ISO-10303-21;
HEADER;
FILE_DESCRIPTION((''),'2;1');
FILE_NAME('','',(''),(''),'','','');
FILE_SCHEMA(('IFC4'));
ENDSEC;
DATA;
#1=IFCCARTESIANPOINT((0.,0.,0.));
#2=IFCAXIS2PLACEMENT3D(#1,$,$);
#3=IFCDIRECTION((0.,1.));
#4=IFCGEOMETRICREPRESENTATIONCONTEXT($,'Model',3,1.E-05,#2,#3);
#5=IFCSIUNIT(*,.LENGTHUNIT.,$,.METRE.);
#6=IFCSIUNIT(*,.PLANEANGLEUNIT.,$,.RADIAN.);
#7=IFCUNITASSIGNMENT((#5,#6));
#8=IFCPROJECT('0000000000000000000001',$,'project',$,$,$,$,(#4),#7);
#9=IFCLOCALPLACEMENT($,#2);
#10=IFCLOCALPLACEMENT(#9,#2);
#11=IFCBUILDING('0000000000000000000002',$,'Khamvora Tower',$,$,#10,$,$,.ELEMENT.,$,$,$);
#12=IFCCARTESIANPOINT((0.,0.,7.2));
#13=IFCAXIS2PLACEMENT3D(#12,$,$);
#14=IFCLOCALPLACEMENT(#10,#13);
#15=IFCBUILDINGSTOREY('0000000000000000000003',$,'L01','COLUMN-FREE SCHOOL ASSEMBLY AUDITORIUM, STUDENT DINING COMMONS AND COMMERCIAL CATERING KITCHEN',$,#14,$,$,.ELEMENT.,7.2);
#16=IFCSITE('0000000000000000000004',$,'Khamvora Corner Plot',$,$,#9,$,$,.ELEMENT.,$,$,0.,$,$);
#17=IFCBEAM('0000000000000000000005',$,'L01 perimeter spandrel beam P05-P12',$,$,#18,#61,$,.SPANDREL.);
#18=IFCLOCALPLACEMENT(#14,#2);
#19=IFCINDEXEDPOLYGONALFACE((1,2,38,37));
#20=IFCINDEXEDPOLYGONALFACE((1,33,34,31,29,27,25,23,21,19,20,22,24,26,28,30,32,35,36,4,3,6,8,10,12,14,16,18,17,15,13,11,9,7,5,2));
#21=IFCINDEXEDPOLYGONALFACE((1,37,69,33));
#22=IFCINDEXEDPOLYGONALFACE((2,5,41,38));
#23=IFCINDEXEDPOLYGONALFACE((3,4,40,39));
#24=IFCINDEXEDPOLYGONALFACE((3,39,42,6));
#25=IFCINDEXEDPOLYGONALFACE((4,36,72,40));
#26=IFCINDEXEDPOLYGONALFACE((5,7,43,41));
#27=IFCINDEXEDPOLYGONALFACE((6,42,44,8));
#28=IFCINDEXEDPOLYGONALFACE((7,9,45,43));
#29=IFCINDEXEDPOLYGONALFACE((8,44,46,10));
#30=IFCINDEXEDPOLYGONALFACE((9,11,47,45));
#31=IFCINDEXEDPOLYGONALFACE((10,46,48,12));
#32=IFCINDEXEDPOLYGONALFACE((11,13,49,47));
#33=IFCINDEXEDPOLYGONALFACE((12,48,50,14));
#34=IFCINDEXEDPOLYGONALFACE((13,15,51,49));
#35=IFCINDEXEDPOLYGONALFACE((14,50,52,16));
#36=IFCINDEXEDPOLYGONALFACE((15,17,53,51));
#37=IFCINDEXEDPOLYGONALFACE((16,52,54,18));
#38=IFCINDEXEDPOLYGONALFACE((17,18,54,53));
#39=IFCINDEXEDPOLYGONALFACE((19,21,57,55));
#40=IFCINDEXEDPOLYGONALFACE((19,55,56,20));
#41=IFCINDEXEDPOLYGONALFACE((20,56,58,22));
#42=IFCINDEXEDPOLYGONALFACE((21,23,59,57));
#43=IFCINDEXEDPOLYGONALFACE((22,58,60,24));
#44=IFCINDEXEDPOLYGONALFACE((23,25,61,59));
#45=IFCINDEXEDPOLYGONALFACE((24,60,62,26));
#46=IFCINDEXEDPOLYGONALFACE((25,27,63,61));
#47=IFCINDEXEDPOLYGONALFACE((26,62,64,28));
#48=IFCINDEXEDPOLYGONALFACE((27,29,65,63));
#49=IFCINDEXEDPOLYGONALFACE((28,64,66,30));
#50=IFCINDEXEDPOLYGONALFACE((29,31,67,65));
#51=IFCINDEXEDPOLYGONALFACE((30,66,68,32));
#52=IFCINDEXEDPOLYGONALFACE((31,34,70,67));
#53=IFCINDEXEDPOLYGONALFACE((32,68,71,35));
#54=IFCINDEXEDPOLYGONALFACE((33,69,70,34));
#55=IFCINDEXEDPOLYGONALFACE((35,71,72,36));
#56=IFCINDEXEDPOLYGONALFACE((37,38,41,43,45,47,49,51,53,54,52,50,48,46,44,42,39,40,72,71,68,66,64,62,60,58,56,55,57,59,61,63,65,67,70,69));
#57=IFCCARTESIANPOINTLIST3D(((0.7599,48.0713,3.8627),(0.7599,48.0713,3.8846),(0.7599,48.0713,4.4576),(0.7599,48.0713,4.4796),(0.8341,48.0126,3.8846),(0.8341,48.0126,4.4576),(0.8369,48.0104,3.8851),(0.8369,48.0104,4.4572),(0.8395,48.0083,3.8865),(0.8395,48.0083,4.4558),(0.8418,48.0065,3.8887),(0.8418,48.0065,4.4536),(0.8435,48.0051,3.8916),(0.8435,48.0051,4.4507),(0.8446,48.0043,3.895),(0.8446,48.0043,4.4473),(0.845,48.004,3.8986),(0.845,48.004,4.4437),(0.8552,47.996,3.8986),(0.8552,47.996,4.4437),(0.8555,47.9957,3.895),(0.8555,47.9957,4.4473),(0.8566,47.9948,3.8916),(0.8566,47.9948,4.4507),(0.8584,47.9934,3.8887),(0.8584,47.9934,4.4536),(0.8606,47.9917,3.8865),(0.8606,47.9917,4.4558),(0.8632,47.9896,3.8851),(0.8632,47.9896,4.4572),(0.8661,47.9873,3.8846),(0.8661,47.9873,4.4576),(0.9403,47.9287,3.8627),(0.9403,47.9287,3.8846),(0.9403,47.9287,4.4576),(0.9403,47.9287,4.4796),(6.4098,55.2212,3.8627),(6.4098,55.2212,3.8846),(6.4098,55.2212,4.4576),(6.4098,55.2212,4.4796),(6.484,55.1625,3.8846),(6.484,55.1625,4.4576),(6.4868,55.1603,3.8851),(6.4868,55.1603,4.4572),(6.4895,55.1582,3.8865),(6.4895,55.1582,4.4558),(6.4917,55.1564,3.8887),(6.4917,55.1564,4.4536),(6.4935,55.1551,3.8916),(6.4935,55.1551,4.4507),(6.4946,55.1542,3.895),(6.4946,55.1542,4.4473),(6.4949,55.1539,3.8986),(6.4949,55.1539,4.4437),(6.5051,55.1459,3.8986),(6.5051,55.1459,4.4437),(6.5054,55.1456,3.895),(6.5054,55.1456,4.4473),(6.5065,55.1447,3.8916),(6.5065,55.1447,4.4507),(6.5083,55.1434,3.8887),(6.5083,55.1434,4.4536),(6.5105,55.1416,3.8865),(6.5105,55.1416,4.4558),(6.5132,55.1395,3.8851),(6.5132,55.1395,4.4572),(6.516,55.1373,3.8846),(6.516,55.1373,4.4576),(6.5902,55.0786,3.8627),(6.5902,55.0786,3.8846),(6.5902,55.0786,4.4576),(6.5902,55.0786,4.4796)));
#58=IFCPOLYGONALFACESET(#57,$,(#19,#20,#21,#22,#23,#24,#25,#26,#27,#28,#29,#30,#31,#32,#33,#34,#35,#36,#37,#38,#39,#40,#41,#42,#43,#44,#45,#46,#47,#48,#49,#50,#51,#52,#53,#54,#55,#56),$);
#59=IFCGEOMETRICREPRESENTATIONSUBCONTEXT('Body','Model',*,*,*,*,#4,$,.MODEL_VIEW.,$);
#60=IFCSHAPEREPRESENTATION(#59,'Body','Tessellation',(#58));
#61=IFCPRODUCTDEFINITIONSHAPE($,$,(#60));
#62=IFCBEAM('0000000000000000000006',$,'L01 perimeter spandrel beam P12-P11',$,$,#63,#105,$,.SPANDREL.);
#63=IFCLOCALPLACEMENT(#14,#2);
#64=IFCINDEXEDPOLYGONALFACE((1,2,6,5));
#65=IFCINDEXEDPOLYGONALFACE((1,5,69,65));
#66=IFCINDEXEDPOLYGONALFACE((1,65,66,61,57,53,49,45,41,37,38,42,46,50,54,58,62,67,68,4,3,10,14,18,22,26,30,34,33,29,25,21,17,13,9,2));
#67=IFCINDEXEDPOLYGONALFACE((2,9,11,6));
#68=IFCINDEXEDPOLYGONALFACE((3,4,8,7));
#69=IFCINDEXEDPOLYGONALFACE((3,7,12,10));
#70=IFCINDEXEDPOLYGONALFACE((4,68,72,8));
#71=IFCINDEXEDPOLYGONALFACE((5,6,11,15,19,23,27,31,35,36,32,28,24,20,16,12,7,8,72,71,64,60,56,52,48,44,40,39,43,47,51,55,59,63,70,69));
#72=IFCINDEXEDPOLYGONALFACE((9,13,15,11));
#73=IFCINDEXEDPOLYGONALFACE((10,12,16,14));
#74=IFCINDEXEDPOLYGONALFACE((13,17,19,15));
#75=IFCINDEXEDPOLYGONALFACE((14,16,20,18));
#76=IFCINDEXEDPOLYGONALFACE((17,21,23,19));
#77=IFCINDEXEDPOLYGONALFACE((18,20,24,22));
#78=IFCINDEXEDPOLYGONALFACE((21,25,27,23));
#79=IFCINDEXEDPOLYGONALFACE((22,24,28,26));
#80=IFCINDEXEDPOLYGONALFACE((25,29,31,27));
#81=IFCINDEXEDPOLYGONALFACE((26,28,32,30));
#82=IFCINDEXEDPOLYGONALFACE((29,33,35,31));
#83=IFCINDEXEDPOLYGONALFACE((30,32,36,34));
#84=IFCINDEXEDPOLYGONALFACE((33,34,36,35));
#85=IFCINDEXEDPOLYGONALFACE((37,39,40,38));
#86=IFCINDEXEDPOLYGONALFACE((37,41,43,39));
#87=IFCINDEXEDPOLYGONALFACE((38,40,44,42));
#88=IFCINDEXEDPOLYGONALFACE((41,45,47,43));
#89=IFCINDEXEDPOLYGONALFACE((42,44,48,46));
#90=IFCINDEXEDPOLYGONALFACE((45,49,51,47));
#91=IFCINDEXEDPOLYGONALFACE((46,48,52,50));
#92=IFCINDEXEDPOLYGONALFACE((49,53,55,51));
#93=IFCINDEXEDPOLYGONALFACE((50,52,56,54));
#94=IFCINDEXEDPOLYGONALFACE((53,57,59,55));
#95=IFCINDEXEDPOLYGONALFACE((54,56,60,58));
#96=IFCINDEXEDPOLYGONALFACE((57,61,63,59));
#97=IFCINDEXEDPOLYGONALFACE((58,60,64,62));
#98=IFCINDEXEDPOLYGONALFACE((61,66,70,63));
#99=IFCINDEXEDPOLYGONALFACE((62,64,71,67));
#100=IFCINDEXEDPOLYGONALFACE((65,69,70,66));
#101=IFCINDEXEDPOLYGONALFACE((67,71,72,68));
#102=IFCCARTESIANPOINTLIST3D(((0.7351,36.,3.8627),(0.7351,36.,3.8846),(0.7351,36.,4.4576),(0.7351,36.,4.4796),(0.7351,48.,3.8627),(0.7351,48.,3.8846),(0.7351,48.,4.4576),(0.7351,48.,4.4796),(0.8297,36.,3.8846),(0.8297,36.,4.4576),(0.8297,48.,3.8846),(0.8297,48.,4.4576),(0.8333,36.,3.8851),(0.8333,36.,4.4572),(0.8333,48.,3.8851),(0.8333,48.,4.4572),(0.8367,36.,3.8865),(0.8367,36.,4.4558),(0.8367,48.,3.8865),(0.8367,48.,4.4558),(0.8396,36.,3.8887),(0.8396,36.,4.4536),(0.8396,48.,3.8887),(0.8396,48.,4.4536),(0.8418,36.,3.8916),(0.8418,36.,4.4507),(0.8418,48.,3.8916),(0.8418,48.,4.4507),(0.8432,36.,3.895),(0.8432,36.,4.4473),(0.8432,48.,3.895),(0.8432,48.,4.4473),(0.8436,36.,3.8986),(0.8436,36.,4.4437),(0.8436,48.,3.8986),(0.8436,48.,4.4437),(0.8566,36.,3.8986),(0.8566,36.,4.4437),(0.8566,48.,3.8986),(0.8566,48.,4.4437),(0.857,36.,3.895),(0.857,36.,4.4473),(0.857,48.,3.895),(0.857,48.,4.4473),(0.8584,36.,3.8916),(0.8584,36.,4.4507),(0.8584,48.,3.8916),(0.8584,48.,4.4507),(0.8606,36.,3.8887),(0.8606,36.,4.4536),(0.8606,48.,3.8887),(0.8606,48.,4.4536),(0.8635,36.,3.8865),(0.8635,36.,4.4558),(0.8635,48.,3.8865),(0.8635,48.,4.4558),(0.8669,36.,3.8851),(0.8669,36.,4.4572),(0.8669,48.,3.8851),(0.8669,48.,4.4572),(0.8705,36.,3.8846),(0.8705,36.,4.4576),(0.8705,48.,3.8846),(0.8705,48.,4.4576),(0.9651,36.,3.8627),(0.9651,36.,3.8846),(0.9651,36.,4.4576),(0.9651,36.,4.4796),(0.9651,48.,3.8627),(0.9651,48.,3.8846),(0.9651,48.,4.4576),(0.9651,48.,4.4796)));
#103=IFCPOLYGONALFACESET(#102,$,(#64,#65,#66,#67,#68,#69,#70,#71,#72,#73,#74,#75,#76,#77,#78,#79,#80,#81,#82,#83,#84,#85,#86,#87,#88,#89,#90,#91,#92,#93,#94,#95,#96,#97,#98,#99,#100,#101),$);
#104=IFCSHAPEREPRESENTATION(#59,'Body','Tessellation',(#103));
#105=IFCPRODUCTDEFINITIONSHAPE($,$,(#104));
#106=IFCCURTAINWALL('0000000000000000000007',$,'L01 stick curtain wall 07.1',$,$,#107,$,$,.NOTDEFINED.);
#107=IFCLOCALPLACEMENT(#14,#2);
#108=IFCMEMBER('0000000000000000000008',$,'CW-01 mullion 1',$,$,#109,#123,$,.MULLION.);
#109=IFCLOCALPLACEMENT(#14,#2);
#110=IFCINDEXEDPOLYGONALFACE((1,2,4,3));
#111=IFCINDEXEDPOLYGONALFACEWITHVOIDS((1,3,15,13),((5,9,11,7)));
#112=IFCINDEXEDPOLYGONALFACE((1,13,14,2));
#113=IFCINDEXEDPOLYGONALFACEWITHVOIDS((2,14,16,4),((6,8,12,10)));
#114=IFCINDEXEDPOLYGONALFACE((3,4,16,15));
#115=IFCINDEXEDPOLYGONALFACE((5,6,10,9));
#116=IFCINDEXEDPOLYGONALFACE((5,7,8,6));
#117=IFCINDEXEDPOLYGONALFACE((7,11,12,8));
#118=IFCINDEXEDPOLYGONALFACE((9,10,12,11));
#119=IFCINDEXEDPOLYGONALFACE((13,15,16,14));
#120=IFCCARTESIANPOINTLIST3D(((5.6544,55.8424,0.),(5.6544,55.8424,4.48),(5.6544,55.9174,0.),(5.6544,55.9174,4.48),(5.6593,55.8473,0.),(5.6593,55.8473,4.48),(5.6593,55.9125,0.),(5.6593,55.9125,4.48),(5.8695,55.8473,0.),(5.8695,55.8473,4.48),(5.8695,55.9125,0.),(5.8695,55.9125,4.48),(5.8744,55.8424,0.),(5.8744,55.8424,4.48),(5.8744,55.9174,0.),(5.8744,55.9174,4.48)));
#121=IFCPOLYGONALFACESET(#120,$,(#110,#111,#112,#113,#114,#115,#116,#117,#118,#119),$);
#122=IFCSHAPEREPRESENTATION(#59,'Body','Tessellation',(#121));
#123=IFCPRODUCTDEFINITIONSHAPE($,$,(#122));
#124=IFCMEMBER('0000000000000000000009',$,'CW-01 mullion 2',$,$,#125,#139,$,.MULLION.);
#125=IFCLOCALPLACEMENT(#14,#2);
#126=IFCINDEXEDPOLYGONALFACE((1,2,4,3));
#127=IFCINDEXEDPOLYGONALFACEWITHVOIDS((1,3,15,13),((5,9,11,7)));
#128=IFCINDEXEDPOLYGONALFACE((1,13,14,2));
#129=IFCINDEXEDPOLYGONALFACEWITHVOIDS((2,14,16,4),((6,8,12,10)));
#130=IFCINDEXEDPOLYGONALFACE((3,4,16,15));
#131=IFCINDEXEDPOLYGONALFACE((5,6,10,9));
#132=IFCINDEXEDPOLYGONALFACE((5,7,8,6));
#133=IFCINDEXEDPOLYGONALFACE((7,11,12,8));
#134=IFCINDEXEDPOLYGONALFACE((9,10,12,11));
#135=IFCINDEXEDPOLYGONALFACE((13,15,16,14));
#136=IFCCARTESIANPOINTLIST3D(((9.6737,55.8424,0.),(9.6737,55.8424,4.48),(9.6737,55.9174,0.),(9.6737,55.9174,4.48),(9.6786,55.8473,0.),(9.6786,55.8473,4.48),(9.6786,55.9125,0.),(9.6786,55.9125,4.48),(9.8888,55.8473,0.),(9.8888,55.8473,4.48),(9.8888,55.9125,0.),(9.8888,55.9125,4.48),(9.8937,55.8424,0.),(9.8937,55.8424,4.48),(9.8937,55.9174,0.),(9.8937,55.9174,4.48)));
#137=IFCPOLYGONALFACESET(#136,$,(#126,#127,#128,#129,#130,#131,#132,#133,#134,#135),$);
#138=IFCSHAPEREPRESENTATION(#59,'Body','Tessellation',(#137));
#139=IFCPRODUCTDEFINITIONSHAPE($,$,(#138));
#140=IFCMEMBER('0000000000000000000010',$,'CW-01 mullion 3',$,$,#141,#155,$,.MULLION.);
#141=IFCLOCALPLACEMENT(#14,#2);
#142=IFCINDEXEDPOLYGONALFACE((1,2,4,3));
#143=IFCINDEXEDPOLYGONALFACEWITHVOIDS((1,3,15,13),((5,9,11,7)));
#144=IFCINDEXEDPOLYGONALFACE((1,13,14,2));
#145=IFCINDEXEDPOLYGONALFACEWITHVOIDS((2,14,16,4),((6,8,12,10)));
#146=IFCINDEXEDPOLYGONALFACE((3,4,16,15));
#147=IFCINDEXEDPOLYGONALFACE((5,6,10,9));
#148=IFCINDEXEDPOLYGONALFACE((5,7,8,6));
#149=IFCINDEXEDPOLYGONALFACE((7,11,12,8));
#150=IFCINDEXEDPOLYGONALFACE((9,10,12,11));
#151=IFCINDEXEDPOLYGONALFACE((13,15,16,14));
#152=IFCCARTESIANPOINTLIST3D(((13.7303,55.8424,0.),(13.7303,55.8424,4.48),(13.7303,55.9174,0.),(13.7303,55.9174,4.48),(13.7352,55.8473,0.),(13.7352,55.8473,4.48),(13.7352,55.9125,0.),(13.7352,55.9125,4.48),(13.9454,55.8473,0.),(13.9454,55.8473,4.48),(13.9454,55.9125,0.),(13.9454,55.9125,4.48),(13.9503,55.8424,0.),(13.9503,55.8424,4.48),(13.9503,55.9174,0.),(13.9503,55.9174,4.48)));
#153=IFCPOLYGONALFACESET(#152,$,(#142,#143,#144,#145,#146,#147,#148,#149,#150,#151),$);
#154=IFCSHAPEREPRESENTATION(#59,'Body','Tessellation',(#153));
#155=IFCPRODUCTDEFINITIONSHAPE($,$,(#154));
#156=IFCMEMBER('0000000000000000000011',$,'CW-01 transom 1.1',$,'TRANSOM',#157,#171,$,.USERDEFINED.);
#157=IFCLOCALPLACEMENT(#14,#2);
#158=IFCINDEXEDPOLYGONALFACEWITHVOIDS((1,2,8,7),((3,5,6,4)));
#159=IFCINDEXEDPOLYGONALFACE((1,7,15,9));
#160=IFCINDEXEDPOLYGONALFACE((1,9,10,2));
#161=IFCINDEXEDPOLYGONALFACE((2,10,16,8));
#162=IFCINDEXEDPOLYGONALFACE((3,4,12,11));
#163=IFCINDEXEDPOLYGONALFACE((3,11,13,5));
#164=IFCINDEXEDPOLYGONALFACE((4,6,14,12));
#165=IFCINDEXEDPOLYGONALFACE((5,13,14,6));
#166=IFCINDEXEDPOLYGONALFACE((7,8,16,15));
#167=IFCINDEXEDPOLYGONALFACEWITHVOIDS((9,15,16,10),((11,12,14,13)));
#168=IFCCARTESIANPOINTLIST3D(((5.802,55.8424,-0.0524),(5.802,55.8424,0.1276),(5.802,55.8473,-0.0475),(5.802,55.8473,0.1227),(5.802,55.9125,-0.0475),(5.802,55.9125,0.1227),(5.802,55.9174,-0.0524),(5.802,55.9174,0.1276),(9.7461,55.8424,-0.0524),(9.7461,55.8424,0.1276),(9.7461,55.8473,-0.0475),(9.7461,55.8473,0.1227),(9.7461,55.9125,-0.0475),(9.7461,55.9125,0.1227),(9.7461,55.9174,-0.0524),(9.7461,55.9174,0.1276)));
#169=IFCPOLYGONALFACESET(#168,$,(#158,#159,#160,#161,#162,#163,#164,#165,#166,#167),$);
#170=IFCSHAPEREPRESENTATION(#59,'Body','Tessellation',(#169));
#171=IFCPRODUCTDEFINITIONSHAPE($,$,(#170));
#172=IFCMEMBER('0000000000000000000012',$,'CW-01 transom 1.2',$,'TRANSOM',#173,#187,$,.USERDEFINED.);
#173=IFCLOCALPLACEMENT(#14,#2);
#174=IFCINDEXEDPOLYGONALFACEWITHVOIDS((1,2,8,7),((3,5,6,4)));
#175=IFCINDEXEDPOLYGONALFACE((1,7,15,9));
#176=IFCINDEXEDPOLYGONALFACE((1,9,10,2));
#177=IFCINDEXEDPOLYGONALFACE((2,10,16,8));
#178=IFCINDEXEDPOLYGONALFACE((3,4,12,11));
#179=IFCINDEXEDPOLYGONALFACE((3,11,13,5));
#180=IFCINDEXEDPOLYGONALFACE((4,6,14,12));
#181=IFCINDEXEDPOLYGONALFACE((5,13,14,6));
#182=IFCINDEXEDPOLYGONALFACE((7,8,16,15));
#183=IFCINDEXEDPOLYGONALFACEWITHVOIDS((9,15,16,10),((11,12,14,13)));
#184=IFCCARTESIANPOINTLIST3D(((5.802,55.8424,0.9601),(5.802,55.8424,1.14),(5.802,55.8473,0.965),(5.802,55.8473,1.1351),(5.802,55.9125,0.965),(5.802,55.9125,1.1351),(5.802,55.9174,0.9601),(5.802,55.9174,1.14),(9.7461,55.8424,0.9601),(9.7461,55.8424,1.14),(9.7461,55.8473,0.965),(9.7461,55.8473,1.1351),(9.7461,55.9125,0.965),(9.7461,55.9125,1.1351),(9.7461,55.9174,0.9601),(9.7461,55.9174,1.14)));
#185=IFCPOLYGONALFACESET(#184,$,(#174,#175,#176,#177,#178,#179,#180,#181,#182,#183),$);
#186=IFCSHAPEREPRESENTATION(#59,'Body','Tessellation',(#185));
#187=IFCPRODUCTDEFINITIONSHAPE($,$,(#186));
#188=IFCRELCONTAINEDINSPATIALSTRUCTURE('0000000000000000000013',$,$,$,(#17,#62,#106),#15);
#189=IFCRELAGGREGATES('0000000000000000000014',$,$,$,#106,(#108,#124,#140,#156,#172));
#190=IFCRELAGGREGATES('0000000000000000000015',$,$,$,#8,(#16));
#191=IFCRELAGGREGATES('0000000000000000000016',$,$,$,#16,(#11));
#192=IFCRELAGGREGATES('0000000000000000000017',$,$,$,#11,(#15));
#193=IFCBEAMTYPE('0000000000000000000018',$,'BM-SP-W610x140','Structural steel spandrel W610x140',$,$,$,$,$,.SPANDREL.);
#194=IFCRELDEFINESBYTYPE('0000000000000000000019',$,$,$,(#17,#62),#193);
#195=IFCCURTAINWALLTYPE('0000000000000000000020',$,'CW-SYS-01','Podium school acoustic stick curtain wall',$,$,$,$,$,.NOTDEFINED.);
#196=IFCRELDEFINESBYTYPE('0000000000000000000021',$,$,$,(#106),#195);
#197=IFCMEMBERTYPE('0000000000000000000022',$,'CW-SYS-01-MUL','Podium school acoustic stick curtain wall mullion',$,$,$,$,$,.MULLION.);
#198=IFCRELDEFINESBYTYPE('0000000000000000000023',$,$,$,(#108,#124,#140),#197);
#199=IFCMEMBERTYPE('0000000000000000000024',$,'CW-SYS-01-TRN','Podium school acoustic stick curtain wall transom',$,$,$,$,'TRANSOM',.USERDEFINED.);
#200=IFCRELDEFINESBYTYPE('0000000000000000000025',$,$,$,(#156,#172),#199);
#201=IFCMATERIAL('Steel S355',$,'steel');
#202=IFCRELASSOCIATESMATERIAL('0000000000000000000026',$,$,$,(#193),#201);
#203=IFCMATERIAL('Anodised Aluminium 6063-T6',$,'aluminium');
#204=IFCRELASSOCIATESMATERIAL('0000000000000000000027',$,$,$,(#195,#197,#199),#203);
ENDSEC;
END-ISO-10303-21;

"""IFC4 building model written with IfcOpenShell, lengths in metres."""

from ifc_helpers import new_model, si_unit, direction, frame, origin, origin_2d, place, context, subcontext, project, spatial, hollow_rectangle, i_section, extrude, material, material_profile, profile_set, type_object, element, aggregate, save


model = new_model("IFC4")

# Units and contexts
model_context = context("Model", 3, precision=1e-05, world=origin(), true_north=direction((0.0, 1.0)))
body_context = subcontext(model_context, "Body", "Model", "MODEL_VIEW")
ifc_project = project(units=[si_unit("LENGTHUNIT", "METRE"), si_unit("PLANEANGLEUNIT", "RADIAN")], contexts=[model_context])

# Site, building, storey
site_placement = place(None, origin())
site = spatial("IfcSite", under=ifc_project, at=site_placement, Name="Khamvora Corner Plot", CompositionType="ELEMENT", RefElevation=0.0)
building_placement = place(site_placement, origin())
building = spatial("IfcBuilding", under=site, at=building_placement, Name="Khamvora Tower", CompositionType="ELEMENT")
storey_placement = place(building_placement, frame((0.0, 0.0, 7.2)))
storey = spatial("IfcBuildingStorey", under=building, at=storey_placement, Name="L01", Description="COLUMN-FREE SCHOOL ASSEMBLY AUDITORIUM, STUDENT DINING COMMONS AND COMMERCIAL CATERING KITCHEN", CompositionType="ELEMENT", Elevation=7.2)

# Beams
ifc_material_1 = material(Name="Steel S355", Category="steel")
ifc_material_profile_1 = material_profile(ifc_material_1, i_section(OverallWidth=0.23, OverallDepth=0.6169, WebThickness=0.0129, FlangeThickness=0.022, FilletRadius=0.0139, at=origin_2d()), Name="W610x140")
ifc_profile_set_1 = profile_set([ifc_material_profile_1], Name="Steel S355")
beam_type_1 = type_object("IfcBeamType", Name="BM-SP-W610x140", Description="Structural steel spandrel W610x140", PredefinedType="SPANDREL", material=ifc_profile_set_1)
beam_1_placement = place(storey_placement, frame((6.5, 55.1499, 4.1711), z_axis=(-0.619999, -0.784603, 0.0), x_axis=(0.784603, -0.619999, 0.0)))
element("IfcBeam", 1, at=beam_1_placement, inside=storey, type_object=beam_type_1, Name="L01 perimeter spandrel beam P05-P12", PredefinedType="SPANDREL", context=body_context, shape_type="SweptSolid", body=[
    extrude(i_section(OverallWidth=0.23, OverallDepth=0.6169, WebThickness=0.0129, FlangeThickness=0.022, FilletRadius=0.0139, at=origin_2d()), origin(), (0.0, 0.0, 1.0), 9.1128),
])
beam_2_placement = place(storey_placement, frame((0.8501, 48.0, 4.1711), z_axis=(0.0, -1.0, 0.0), x_axis=(1.0, 0.0, 0.0)))
element("IfcBeam", 2, at=beam_2_placement, inside=storey, type_object=beam_type_1, Name="L01 perimeter spandrel beam P12-P11", PredefinedType="SPANDREL", context=body_context, shape_type="SweptSolid", body=[
    extrude(i_section(OverallWidth=0.23, OverallDepth=0.6169, WebThickness=0.0129, FlangeThickness=0.022, FilletRadius=0.0139, at=origin_2d()), origin(), (0.0, 0.0, 1.0), 12.0),
])

# Curtain wall, members
ifc_material_2 = material(Name="Anodised Aluminium 6063-T6", Category="aluminium")
curtain_wall_type = type_object("IfcCurtainWallType", Name="CW-SYS-01", Description="Podium school acoustic stick curtain wall", PredefinedType="NOTDEFINED", material=ifc_material_2)
curtain_wall_placement = place(storey_placement, origin())
curtain_wall = element("IfcCurtainWall", 3, at=curtain_wall_placement, inside=storey, type_object=curtain_wall_type, Name="L01 stick curtain wall 07.1", PredefinedType="NOTDEFINED")
ifc_material_profile_2 = material_profile(ifc_material_2, hollow_rectangle(XDim=0.075, YDim=0.22, WallThickness=0.0049, at=origin_2d()), Name="MUL75x220x5")
ifc_profile_set_2 = profile_set([ifc_material_profile_2], Name="Anodised Aluminium 6063-T6")
member_type_1 = type_object("IfcMemberType", Name="CW-SYS-01-MUL", Description="Podium school acoustic stick curtain wall mullion", PredefinedType="MULLION", material=ifc_profile_set_2)
member_1_placement = place(storey_placement, frame((5.7644, 55.8799, 0.0), z_axis=(0.0, 0.0, 1.0), x_axis=(0.0, 1.0, 0.0)))
member_1 = element("IfcMember", 4, at=member_1_placement, type_object=member_type_1, Name="CW-01 mullion 1", PredefinedType="MULLION", context=body_context, shape_type="SweptSolid", body=[
    extrude(hollow_rectangle(XDim=0.075, YDim=0.22, WallThickness=0.0049, at=origin_2d()), origin(), (0.0, 0.0, 1.0), 4.48),
])
member_2_placement = place(storey_placement, frame((9.7837, 55.8799, 0.0), z_axis=(0.0, 0.0, 1.0), x_axis=(0.0, 1.0, 0.0)))
member_2 = element("IfcMember", 5, at=member_2_placement, type_object=member_type_1, Name="CW-01 mullion 2", PredefinedType="MULLION", context=body_context, shape_type="SweptSolid", body=[
    extrude(hollow_rectangle(XDim=0.075, YDim=0.22, WallThickness=0.0049, at=origin_2d()), origin(), (0.0, 0.0, 1.0), 4.48),
])
member_3_placement = place(storey_placement, frame((13.8403, 55.8799, 0.0), z_axis=(0.0, 0.0, 1.0), x_axis=(0.0, 1.0, 0.0)))
member_3 = element("IfcMember", 6, at=member_3_placement, type_object=member_type_1, Name="CW-01 mullion 3", PredefinedType="MULLION", context=body_context, shape_type="SweptSolid", body=[
    extrude(hollow_rectangle(XDim=0.075, YDim=0.22, WallThickness=0.0049, at=origin_2d()), origin(), (0.0, 0.0, 1.0), 4.48),
])
ifc_material_profile_3 = material_profile(ifc_material_2, hollow_rectangle(XDim=0.075, YDim=0.1799, WallThickness=0.0049, at=origin_2d()), Name="TRN75x180x5")
ifc_profile_set_3 = profile_set([ifc_material_profile_3], Name="Anodised Aluminium 6063-T6")
member_type_2 = type_object("IfcMemberType", Name="CW-SYS-01-TRN", Description="Podium school acoustic stick curtain wall transom", ElementType="TRANSOM", PredefinedType="USERDEFINED", material=ifc_profile_set_3)
member_4_placement = place(storey_placement, frame((5.802, 55.8799, 0.0376), z_axis=(1.0, 0.0, 0.0), x_axis=(0.0, 1.0, 0.0)))
member_4 = element("IfcMember", 7, at=member_4_placement, type_object=member_type_2, Name="CW-01 transom 1.1", ObjectType="TRANSOM", PredefinedType="USERDEFINED", context=body_context, shape_type="SweptSolid", body=[
    extrude(hollow_rectangle(XDim=0.075, YDim=0.1799, WallThickness=0.0049, at=origin_2d()), origin(), (0.0, 0.0, 1.0), 3.9441),
])
member_5_placement = place(storey_placement, frame((5.802, 55.8799, 1.05), z_axis=(1.0, 0.0, 0.0), x_axis=(0.0, 1.0, 0.0)))
member_5 = element("IfcMember", 8, at=member_5_placement, type_object=member_type_2, Name="CW-01 transom 1.2", ObjectType="TRANSOM", PredefinedType="USERDEFINED", context=body_context, shape_type="SweptSolid", body=[
    extrude(hollow_rectangle(XDim=0.075, YDim=0.1799, WallThickness=0.0049, at=origin_2d()), origin(), (0.0, 0.0, 1.0), 3.9441),
])
aggregate(curtain_wall, [member_1, member_2, member_3, member_4, member_5])

save(model, "model.ifc")
